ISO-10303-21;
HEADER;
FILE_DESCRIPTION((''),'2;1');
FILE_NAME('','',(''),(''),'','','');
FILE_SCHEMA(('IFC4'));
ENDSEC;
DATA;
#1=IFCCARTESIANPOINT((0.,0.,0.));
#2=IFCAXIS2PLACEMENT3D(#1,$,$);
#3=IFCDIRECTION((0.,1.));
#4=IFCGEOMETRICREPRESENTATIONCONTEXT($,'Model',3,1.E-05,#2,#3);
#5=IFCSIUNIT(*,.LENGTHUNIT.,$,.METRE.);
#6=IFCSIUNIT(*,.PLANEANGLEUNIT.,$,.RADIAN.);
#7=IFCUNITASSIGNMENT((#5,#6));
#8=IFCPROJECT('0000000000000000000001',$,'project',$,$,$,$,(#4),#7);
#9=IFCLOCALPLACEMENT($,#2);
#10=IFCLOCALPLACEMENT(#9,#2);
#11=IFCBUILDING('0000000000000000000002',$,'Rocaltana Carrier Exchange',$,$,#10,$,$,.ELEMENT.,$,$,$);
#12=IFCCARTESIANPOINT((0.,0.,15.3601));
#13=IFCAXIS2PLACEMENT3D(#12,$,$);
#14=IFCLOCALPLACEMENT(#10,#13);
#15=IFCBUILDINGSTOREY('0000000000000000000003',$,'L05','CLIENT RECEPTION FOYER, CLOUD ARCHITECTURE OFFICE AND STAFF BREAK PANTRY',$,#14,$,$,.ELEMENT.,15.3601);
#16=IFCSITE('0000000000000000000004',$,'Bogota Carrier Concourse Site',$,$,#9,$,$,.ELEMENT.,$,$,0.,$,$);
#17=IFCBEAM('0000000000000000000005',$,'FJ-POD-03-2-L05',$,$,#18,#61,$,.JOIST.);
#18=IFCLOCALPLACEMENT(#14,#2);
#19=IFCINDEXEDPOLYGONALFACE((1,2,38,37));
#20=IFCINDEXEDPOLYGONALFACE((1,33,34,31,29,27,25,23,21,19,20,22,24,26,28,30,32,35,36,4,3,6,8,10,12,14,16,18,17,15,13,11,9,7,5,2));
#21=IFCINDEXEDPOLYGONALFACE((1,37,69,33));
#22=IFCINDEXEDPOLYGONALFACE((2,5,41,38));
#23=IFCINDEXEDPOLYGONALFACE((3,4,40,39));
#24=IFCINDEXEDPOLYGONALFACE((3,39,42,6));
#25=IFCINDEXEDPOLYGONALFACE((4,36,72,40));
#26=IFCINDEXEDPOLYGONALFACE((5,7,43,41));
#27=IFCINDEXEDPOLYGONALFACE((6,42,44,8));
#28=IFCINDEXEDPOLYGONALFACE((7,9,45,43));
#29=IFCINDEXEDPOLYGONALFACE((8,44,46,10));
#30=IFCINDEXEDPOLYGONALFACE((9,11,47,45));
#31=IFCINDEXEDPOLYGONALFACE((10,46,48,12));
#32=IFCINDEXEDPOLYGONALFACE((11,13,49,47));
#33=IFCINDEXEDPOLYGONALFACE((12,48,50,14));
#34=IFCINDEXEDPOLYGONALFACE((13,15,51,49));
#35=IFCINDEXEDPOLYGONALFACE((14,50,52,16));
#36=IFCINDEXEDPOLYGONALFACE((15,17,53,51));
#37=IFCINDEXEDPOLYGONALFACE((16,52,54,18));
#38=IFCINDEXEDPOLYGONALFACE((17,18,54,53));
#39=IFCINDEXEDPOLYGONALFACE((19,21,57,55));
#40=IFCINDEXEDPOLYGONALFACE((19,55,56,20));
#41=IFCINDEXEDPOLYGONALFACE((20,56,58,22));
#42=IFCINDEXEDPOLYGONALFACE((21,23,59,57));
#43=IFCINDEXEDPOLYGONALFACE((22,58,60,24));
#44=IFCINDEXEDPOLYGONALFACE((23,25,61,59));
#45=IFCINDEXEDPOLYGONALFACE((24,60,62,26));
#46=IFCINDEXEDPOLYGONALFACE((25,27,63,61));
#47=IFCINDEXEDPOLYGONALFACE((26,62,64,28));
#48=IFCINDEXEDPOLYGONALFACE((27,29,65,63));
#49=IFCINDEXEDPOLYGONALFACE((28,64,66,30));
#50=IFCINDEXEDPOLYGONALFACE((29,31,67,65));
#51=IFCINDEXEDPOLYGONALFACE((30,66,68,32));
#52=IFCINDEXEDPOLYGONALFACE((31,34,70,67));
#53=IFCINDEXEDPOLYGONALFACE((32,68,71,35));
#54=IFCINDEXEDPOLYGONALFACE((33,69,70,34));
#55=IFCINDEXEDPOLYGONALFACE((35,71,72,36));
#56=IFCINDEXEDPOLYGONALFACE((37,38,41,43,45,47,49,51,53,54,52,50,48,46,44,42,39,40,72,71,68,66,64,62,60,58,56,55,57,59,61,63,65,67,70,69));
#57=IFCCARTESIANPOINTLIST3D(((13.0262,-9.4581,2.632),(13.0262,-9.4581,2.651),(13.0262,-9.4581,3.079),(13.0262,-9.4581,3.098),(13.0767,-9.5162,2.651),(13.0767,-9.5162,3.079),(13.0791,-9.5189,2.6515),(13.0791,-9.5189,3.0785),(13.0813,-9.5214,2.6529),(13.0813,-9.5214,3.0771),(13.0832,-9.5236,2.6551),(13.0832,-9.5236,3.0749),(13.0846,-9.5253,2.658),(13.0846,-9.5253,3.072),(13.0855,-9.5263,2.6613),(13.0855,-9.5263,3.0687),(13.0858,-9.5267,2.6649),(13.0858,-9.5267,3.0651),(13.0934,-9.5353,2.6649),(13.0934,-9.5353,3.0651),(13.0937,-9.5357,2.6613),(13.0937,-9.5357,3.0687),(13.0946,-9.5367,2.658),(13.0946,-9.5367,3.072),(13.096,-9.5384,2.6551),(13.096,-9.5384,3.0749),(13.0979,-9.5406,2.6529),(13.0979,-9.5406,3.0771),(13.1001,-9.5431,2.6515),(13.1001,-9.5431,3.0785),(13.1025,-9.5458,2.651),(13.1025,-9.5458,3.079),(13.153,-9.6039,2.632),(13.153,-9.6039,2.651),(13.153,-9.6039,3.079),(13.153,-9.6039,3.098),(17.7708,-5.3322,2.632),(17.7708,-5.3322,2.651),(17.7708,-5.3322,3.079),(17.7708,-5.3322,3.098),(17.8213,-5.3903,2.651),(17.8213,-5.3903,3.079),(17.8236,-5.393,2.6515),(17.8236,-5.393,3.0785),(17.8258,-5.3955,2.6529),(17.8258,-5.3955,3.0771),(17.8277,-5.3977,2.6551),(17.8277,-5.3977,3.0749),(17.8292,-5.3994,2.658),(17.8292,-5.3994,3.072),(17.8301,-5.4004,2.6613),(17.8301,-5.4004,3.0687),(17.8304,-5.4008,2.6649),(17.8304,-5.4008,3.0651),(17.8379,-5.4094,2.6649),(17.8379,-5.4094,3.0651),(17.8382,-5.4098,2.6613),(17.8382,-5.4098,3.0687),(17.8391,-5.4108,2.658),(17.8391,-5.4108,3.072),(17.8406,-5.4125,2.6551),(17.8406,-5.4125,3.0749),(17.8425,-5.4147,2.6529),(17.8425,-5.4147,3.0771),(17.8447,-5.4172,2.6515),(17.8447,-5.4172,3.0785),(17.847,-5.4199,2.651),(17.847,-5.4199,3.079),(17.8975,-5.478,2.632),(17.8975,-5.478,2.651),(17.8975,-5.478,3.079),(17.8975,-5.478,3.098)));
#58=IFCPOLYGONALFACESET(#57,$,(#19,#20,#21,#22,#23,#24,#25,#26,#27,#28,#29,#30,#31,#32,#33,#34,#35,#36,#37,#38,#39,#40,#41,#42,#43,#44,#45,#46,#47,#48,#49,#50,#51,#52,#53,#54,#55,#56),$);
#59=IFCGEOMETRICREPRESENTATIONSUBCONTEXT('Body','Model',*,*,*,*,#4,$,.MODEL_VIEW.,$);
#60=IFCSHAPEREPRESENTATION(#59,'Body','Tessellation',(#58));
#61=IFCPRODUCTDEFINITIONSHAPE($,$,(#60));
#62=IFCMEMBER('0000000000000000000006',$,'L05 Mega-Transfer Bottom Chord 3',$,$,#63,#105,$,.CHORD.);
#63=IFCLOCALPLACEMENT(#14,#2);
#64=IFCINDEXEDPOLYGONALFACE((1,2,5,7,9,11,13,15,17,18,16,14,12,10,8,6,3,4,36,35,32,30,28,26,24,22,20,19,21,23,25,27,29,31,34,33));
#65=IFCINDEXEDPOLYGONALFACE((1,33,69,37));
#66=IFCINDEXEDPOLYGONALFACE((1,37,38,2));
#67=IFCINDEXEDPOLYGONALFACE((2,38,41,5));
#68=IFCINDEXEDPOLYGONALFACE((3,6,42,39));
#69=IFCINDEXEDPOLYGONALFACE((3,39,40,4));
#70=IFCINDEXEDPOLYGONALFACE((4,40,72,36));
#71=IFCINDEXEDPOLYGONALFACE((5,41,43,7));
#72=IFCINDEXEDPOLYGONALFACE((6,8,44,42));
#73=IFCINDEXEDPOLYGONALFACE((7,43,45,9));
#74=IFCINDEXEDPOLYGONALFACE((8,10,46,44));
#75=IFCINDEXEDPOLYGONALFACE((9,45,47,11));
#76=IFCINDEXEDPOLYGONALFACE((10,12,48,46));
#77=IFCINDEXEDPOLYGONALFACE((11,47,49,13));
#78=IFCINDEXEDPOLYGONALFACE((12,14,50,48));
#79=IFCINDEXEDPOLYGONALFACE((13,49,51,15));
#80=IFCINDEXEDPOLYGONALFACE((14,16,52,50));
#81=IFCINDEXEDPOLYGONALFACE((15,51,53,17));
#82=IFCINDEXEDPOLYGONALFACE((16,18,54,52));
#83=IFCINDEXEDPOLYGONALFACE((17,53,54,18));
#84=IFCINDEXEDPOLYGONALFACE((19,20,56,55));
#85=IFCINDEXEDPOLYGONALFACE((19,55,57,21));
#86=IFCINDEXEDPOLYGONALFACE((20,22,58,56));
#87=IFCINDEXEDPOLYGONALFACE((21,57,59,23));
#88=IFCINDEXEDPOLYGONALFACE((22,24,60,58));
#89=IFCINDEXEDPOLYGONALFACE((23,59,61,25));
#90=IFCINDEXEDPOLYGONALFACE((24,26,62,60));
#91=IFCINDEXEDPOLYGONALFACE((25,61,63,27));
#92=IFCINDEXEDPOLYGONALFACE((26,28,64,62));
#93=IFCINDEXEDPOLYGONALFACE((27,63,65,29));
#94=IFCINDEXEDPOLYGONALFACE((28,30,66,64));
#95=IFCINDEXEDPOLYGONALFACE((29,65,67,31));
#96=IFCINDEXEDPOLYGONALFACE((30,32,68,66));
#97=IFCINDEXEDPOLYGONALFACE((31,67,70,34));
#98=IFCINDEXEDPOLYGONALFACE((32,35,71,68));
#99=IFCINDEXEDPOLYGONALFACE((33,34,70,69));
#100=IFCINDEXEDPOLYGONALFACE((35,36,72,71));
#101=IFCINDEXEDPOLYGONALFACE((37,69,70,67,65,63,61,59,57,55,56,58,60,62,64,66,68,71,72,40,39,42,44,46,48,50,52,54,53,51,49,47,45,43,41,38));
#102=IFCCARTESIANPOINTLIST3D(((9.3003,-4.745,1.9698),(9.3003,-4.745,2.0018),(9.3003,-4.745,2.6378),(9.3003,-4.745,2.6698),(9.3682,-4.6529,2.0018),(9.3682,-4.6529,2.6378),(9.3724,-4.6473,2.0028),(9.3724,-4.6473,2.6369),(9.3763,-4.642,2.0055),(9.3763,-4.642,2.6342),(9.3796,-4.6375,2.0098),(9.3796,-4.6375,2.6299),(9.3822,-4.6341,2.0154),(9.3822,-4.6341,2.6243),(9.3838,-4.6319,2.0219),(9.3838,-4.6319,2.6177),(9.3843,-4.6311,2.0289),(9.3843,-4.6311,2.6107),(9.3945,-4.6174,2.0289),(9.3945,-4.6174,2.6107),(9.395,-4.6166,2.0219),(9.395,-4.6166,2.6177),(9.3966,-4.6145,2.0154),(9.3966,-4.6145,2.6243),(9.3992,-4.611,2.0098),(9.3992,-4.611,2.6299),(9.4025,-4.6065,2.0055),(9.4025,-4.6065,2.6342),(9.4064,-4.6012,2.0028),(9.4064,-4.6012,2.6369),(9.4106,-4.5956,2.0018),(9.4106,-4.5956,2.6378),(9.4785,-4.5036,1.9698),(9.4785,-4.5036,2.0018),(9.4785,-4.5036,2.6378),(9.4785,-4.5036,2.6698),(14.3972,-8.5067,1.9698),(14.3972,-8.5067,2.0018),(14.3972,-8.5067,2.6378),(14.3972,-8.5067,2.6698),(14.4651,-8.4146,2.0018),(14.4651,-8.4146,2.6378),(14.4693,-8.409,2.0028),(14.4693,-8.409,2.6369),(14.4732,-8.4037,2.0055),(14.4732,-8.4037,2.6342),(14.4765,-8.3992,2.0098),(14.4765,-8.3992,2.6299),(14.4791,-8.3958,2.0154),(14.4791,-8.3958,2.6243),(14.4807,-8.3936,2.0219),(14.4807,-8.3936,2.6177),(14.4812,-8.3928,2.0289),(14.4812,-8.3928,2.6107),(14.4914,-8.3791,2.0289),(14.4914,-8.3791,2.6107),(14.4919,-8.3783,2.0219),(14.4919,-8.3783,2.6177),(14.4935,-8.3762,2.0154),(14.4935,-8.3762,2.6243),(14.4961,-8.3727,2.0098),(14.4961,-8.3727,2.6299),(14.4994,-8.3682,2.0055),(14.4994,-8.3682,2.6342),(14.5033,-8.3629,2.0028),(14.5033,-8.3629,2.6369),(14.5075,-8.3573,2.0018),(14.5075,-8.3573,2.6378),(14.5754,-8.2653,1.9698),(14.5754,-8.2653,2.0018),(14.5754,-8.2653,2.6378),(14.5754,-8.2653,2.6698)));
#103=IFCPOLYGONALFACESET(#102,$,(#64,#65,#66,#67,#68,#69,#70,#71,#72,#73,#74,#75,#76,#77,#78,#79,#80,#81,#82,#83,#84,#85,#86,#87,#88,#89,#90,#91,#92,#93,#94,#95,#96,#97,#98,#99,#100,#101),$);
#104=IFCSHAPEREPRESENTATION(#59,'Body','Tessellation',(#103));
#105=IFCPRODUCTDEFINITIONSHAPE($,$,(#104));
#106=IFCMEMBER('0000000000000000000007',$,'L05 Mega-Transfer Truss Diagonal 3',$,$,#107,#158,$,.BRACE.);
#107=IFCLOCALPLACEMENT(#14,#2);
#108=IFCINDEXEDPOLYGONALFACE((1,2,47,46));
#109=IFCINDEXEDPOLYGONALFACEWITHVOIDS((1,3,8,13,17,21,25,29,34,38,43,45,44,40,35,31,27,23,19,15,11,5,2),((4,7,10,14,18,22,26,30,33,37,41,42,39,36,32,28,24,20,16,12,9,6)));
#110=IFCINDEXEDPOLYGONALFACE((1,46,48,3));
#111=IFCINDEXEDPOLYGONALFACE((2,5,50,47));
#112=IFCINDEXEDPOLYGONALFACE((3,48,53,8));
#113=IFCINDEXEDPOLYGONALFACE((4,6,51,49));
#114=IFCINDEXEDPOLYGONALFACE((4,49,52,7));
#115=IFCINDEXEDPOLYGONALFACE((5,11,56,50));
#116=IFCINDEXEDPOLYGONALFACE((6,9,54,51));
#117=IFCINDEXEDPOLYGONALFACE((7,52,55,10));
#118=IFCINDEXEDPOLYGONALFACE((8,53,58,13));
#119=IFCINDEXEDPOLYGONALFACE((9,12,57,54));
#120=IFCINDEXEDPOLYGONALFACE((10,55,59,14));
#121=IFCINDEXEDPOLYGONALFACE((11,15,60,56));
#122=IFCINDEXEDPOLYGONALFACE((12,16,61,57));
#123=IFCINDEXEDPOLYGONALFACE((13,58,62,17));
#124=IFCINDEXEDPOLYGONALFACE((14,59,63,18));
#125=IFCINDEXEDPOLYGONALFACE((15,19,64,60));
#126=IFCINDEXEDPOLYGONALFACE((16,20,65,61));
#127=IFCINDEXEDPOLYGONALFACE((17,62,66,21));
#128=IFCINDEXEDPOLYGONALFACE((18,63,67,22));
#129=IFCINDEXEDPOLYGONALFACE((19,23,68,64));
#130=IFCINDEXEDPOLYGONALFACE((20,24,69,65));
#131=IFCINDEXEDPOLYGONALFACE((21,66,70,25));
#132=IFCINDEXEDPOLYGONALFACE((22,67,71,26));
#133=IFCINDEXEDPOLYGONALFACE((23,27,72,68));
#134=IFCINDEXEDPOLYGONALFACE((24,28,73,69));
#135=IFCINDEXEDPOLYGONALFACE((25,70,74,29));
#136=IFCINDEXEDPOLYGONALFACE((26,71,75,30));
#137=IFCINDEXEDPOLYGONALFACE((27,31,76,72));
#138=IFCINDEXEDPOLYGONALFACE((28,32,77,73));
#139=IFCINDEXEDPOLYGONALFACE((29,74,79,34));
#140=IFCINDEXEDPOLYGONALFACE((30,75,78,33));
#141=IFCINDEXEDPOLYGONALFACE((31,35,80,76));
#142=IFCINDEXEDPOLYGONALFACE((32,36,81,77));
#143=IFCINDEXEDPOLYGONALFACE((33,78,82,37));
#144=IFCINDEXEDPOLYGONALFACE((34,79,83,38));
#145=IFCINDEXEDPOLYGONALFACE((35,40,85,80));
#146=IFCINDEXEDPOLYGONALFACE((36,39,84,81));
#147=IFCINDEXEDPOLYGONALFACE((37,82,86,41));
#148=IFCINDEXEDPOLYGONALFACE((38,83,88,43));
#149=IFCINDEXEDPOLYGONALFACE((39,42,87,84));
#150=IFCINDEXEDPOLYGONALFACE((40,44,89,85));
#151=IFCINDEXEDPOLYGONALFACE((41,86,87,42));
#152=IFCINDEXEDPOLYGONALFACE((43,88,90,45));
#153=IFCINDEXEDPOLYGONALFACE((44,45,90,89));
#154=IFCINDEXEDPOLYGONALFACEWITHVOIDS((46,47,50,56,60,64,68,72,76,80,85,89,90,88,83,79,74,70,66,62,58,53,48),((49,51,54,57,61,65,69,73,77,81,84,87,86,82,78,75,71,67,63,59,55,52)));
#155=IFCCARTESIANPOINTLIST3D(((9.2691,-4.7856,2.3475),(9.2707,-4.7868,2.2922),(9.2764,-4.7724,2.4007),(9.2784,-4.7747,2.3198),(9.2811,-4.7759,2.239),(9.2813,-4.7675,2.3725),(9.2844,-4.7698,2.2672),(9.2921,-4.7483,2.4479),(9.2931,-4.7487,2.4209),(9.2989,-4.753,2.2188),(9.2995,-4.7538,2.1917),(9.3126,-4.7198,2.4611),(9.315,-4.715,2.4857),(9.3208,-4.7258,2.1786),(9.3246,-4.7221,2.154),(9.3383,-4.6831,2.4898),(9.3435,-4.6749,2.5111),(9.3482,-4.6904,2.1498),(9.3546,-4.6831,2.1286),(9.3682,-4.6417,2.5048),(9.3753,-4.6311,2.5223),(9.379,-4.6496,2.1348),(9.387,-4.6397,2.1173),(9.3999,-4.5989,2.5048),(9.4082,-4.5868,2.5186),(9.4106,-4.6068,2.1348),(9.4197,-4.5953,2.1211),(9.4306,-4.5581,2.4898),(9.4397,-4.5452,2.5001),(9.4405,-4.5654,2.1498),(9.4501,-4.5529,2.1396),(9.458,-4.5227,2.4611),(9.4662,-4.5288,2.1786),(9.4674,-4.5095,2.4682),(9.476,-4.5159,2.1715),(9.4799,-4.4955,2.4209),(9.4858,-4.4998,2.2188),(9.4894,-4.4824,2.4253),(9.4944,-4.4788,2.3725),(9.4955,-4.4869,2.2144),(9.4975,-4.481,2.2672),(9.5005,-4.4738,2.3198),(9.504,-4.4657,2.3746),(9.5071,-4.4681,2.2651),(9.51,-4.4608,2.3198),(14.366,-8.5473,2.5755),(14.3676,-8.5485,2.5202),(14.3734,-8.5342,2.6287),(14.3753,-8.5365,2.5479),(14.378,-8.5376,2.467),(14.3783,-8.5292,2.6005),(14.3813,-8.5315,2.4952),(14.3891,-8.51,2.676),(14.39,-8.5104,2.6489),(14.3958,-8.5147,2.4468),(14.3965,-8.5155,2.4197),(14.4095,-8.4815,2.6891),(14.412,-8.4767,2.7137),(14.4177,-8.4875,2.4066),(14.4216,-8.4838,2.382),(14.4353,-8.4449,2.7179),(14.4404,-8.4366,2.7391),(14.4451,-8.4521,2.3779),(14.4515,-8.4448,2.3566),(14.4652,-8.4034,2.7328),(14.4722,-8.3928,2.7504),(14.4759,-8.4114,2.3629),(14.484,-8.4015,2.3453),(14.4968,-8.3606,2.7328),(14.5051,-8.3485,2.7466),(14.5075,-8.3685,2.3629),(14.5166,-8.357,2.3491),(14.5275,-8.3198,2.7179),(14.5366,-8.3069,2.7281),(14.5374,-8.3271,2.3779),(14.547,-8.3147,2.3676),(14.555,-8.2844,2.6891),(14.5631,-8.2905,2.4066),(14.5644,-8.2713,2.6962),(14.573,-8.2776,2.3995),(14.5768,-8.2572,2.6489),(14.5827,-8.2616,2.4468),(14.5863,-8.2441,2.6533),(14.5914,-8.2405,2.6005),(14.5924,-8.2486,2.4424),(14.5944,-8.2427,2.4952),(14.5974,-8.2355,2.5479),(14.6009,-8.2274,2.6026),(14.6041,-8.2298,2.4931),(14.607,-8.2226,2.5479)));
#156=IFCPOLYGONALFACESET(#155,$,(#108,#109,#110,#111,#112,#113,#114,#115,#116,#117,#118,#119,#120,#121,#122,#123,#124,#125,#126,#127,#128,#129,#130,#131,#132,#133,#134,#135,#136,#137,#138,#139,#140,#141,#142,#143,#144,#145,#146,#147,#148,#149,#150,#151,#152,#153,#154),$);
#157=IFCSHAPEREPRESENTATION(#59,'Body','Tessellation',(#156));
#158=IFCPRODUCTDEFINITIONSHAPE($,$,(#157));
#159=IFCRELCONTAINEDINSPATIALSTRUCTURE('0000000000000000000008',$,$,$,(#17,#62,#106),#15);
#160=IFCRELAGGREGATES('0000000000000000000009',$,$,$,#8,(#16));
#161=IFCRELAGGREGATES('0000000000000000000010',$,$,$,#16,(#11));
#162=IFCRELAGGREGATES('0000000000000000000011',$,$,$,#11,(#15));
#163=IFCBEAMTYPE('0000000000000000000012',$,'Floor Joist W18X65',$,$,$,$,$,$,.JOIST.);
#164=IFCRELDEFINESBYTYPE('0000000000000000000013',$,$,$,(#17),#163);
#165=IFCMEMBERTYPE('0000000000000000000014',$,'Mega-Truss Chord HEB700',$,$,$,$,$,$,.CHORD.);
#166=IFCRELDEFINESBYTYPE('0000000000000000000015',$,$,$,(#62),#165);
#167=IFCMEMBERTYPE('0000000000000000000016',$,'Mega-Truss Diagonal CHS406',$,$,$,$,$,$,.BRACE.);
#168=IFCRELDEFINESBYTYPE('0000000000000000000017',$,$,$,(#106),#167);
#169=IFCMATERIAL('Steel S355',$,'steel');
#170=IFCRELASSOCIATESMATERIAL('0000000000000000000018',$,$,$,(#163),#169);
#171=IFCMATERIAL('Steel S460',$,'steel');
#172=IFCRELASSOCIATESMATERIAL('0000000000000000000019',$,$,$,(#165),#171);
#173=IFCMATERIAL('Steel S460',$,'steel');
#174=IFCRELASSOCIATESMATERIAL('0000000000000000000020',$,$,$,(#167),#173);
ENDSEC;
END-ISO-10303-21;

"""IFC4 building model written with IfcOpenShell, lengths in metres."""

from ifc_helpers import new_model, si_unit, direction, frame, origin, origin_2d, place, context, subcontext, project, spatial, hollow_circle, i_section, extrude, material, material_profile, profile_set, type_object, element, save


model = new_model("IFC4")

# Units and contexts
model_context = context("Model", 3, precision=1e-05, world=origin(), true_north=direction((0.0, 1.0)))
body_context = subcontext(model_context, "Body", "Model", "MODEL_VIEW")
ifc_project = project(units=[si_unit("LENGTHUNIT", "METRE"), si_unit("PLANEANGLEUNIT", "RADIAN")], contexts=[model_context])

# Site, building, storey
site_placement = place(None, origin())
site = spatial("IfcSite", under=ifc_project, at=site_placement, Name="Bogota Carrier Concourse Site", CompositionType="ELEMENT", RefElevation=0.0)
building_placement = place(site_placement, origin())
building = spatial("IfcBuilding", under=site, at=building_placement, Name="Rocaltana Carrier Exchange", CompositionType="ELEMENT")
storey_placement = place(building_placement, frame((0.0, 0.0, 15.3601)))
storey = spatial("IfcBuildingStorey", under=building, at=storey_placement, Name="L05", Description="CLIENT RECEPTION FOYER, CLOUD ARCHITECTURE OFFICE AND STAFF BREAK PANTRY", CompositionType="ELEMENT", Elevation=15.3601)

# Beam
ifc_material_1 = material(Name="Steel S355", Category="steel")
ifc_material_profile_1 = material_profile(ifc_material_1, i_section(OverallWidth=0.1931, OverallDepth=0.4661, WebThickness=0.0115, FlangeThickness=0.019, FilletRadius=0.0139, at=origin_2d()), Name="W18X65")
ifc_profile_set_1 = profile_set([ifc_material_profile_1], Name="Steel S355")
beam_type_1 = type_object("IfcBeamType", Name="Floor Joist W18X65", PredefinedType="JOIST", material=ifc_profile_set_1)
beam_1_placement = place(storey_placement, frame((13.0896, -9.531, 2.865), z_axis=(0.754589, 0.656198, 0.0), x_axis=(-0.656198, 0.754589, 0.0)))
element("IfcBeam", 1, at=beam_1_placement, inside=storey, type_object=beam_type_1, Name="FJ-POD-03-2-L05", PredefinedType="JOIST", context=body_context, shape_type="SweptSolid", body=[
    extrude(i_section(OverallWidth=0.1931, OverallDepth=0.4661, WebThickness=0.0115, FlangeThickness=0.019, FilletRadius=0.0139, at=origin_2d()), origin(), (0.0, 0.0, 1.0), 6.2876),
])

# Members
ifc_material_2 = material(Name="Steel S460", Category="steel")
ifc_material_profile_2 = material_profile(ifc_material_2, i_section(OverallWidth=0.3, OverallDepth=0.7, WebThickness=0.0171, FlangeThickness=0.032, FilletRadius=0.0271, at=origin_2d()), Name="HEB700")
ifc_profile_set_2 = profile_set([ifc_material_profile_2], Name="Steel S460")
member_type_1 = type_object("IfcMemberType", Name="Mega-Truss Chord HEB700", PredefinedType="CHORD", material=ifc_profile_set_2)
member_1_placement = place(storey_placement, frame((9.3894, -4.6243, 2.3198), z_axis=(0.804596, -0.593822, 0.0), x_axis=(0.593822, 0.804596, 0.0)))
element("IfcMember", 2, at=member_1_placement, inside=storey, type_object=member_type_1, Name="L05 Mega-Transfer Bottom Chord 3", PredefinedType="CHORD", context=body_context, shape_type="SweptSolid", body=[
    extrude(i_section(OverallWidth=0.3, OverallDepth=0.7, WebThickness=0.0171, FlangeThickness=0.032, FilletRadius=0.0271, at=origin_2d()), origin(), (0.0, 0.0, 1.0), 6.3347),
])
ifc_material_3 = material(Name="Steel S460", Category="steel")
ifc_material_profile_3 = material_profile(ifc_material_3, hollow_circle(Radius=0.2031, WallThickness=0.0161, at=origin_2d()), Name="CHS406.4X16")
ifc_profile_set_3 = profile_set([ifc_material_profile_3], Name="Steel S460")
member_type_2 = type_object("IfcMemberType", Name="Mega-Truss Diagonal CHS406", PredefinedType="BRACE", material=ifc_profile_set_3)
member_2_placement = place(storey_placement, frame((9.3894, -4.6243, 2.3198), z_axis=(0.804076, -0.593438, 0.035973), x_axis=(0.593822, 0.804596, 0.0)))
element("IfcMember", 3, at=member_2_placement, inside=storey, type_object=member_type_2, Name="L05 Mega-Transfer Truss Diagonal 3", PredefinedType="BRACE", context=body_context, shape_type="SweptSolid", body=[
    extrude(hollow_circle(Radius=0.2031, WallThickness=0.0161, at=origin_2d()), origin(), (0.0, 0.0, 1.0), 6.3389),
])

save(model, "model.ifc")
